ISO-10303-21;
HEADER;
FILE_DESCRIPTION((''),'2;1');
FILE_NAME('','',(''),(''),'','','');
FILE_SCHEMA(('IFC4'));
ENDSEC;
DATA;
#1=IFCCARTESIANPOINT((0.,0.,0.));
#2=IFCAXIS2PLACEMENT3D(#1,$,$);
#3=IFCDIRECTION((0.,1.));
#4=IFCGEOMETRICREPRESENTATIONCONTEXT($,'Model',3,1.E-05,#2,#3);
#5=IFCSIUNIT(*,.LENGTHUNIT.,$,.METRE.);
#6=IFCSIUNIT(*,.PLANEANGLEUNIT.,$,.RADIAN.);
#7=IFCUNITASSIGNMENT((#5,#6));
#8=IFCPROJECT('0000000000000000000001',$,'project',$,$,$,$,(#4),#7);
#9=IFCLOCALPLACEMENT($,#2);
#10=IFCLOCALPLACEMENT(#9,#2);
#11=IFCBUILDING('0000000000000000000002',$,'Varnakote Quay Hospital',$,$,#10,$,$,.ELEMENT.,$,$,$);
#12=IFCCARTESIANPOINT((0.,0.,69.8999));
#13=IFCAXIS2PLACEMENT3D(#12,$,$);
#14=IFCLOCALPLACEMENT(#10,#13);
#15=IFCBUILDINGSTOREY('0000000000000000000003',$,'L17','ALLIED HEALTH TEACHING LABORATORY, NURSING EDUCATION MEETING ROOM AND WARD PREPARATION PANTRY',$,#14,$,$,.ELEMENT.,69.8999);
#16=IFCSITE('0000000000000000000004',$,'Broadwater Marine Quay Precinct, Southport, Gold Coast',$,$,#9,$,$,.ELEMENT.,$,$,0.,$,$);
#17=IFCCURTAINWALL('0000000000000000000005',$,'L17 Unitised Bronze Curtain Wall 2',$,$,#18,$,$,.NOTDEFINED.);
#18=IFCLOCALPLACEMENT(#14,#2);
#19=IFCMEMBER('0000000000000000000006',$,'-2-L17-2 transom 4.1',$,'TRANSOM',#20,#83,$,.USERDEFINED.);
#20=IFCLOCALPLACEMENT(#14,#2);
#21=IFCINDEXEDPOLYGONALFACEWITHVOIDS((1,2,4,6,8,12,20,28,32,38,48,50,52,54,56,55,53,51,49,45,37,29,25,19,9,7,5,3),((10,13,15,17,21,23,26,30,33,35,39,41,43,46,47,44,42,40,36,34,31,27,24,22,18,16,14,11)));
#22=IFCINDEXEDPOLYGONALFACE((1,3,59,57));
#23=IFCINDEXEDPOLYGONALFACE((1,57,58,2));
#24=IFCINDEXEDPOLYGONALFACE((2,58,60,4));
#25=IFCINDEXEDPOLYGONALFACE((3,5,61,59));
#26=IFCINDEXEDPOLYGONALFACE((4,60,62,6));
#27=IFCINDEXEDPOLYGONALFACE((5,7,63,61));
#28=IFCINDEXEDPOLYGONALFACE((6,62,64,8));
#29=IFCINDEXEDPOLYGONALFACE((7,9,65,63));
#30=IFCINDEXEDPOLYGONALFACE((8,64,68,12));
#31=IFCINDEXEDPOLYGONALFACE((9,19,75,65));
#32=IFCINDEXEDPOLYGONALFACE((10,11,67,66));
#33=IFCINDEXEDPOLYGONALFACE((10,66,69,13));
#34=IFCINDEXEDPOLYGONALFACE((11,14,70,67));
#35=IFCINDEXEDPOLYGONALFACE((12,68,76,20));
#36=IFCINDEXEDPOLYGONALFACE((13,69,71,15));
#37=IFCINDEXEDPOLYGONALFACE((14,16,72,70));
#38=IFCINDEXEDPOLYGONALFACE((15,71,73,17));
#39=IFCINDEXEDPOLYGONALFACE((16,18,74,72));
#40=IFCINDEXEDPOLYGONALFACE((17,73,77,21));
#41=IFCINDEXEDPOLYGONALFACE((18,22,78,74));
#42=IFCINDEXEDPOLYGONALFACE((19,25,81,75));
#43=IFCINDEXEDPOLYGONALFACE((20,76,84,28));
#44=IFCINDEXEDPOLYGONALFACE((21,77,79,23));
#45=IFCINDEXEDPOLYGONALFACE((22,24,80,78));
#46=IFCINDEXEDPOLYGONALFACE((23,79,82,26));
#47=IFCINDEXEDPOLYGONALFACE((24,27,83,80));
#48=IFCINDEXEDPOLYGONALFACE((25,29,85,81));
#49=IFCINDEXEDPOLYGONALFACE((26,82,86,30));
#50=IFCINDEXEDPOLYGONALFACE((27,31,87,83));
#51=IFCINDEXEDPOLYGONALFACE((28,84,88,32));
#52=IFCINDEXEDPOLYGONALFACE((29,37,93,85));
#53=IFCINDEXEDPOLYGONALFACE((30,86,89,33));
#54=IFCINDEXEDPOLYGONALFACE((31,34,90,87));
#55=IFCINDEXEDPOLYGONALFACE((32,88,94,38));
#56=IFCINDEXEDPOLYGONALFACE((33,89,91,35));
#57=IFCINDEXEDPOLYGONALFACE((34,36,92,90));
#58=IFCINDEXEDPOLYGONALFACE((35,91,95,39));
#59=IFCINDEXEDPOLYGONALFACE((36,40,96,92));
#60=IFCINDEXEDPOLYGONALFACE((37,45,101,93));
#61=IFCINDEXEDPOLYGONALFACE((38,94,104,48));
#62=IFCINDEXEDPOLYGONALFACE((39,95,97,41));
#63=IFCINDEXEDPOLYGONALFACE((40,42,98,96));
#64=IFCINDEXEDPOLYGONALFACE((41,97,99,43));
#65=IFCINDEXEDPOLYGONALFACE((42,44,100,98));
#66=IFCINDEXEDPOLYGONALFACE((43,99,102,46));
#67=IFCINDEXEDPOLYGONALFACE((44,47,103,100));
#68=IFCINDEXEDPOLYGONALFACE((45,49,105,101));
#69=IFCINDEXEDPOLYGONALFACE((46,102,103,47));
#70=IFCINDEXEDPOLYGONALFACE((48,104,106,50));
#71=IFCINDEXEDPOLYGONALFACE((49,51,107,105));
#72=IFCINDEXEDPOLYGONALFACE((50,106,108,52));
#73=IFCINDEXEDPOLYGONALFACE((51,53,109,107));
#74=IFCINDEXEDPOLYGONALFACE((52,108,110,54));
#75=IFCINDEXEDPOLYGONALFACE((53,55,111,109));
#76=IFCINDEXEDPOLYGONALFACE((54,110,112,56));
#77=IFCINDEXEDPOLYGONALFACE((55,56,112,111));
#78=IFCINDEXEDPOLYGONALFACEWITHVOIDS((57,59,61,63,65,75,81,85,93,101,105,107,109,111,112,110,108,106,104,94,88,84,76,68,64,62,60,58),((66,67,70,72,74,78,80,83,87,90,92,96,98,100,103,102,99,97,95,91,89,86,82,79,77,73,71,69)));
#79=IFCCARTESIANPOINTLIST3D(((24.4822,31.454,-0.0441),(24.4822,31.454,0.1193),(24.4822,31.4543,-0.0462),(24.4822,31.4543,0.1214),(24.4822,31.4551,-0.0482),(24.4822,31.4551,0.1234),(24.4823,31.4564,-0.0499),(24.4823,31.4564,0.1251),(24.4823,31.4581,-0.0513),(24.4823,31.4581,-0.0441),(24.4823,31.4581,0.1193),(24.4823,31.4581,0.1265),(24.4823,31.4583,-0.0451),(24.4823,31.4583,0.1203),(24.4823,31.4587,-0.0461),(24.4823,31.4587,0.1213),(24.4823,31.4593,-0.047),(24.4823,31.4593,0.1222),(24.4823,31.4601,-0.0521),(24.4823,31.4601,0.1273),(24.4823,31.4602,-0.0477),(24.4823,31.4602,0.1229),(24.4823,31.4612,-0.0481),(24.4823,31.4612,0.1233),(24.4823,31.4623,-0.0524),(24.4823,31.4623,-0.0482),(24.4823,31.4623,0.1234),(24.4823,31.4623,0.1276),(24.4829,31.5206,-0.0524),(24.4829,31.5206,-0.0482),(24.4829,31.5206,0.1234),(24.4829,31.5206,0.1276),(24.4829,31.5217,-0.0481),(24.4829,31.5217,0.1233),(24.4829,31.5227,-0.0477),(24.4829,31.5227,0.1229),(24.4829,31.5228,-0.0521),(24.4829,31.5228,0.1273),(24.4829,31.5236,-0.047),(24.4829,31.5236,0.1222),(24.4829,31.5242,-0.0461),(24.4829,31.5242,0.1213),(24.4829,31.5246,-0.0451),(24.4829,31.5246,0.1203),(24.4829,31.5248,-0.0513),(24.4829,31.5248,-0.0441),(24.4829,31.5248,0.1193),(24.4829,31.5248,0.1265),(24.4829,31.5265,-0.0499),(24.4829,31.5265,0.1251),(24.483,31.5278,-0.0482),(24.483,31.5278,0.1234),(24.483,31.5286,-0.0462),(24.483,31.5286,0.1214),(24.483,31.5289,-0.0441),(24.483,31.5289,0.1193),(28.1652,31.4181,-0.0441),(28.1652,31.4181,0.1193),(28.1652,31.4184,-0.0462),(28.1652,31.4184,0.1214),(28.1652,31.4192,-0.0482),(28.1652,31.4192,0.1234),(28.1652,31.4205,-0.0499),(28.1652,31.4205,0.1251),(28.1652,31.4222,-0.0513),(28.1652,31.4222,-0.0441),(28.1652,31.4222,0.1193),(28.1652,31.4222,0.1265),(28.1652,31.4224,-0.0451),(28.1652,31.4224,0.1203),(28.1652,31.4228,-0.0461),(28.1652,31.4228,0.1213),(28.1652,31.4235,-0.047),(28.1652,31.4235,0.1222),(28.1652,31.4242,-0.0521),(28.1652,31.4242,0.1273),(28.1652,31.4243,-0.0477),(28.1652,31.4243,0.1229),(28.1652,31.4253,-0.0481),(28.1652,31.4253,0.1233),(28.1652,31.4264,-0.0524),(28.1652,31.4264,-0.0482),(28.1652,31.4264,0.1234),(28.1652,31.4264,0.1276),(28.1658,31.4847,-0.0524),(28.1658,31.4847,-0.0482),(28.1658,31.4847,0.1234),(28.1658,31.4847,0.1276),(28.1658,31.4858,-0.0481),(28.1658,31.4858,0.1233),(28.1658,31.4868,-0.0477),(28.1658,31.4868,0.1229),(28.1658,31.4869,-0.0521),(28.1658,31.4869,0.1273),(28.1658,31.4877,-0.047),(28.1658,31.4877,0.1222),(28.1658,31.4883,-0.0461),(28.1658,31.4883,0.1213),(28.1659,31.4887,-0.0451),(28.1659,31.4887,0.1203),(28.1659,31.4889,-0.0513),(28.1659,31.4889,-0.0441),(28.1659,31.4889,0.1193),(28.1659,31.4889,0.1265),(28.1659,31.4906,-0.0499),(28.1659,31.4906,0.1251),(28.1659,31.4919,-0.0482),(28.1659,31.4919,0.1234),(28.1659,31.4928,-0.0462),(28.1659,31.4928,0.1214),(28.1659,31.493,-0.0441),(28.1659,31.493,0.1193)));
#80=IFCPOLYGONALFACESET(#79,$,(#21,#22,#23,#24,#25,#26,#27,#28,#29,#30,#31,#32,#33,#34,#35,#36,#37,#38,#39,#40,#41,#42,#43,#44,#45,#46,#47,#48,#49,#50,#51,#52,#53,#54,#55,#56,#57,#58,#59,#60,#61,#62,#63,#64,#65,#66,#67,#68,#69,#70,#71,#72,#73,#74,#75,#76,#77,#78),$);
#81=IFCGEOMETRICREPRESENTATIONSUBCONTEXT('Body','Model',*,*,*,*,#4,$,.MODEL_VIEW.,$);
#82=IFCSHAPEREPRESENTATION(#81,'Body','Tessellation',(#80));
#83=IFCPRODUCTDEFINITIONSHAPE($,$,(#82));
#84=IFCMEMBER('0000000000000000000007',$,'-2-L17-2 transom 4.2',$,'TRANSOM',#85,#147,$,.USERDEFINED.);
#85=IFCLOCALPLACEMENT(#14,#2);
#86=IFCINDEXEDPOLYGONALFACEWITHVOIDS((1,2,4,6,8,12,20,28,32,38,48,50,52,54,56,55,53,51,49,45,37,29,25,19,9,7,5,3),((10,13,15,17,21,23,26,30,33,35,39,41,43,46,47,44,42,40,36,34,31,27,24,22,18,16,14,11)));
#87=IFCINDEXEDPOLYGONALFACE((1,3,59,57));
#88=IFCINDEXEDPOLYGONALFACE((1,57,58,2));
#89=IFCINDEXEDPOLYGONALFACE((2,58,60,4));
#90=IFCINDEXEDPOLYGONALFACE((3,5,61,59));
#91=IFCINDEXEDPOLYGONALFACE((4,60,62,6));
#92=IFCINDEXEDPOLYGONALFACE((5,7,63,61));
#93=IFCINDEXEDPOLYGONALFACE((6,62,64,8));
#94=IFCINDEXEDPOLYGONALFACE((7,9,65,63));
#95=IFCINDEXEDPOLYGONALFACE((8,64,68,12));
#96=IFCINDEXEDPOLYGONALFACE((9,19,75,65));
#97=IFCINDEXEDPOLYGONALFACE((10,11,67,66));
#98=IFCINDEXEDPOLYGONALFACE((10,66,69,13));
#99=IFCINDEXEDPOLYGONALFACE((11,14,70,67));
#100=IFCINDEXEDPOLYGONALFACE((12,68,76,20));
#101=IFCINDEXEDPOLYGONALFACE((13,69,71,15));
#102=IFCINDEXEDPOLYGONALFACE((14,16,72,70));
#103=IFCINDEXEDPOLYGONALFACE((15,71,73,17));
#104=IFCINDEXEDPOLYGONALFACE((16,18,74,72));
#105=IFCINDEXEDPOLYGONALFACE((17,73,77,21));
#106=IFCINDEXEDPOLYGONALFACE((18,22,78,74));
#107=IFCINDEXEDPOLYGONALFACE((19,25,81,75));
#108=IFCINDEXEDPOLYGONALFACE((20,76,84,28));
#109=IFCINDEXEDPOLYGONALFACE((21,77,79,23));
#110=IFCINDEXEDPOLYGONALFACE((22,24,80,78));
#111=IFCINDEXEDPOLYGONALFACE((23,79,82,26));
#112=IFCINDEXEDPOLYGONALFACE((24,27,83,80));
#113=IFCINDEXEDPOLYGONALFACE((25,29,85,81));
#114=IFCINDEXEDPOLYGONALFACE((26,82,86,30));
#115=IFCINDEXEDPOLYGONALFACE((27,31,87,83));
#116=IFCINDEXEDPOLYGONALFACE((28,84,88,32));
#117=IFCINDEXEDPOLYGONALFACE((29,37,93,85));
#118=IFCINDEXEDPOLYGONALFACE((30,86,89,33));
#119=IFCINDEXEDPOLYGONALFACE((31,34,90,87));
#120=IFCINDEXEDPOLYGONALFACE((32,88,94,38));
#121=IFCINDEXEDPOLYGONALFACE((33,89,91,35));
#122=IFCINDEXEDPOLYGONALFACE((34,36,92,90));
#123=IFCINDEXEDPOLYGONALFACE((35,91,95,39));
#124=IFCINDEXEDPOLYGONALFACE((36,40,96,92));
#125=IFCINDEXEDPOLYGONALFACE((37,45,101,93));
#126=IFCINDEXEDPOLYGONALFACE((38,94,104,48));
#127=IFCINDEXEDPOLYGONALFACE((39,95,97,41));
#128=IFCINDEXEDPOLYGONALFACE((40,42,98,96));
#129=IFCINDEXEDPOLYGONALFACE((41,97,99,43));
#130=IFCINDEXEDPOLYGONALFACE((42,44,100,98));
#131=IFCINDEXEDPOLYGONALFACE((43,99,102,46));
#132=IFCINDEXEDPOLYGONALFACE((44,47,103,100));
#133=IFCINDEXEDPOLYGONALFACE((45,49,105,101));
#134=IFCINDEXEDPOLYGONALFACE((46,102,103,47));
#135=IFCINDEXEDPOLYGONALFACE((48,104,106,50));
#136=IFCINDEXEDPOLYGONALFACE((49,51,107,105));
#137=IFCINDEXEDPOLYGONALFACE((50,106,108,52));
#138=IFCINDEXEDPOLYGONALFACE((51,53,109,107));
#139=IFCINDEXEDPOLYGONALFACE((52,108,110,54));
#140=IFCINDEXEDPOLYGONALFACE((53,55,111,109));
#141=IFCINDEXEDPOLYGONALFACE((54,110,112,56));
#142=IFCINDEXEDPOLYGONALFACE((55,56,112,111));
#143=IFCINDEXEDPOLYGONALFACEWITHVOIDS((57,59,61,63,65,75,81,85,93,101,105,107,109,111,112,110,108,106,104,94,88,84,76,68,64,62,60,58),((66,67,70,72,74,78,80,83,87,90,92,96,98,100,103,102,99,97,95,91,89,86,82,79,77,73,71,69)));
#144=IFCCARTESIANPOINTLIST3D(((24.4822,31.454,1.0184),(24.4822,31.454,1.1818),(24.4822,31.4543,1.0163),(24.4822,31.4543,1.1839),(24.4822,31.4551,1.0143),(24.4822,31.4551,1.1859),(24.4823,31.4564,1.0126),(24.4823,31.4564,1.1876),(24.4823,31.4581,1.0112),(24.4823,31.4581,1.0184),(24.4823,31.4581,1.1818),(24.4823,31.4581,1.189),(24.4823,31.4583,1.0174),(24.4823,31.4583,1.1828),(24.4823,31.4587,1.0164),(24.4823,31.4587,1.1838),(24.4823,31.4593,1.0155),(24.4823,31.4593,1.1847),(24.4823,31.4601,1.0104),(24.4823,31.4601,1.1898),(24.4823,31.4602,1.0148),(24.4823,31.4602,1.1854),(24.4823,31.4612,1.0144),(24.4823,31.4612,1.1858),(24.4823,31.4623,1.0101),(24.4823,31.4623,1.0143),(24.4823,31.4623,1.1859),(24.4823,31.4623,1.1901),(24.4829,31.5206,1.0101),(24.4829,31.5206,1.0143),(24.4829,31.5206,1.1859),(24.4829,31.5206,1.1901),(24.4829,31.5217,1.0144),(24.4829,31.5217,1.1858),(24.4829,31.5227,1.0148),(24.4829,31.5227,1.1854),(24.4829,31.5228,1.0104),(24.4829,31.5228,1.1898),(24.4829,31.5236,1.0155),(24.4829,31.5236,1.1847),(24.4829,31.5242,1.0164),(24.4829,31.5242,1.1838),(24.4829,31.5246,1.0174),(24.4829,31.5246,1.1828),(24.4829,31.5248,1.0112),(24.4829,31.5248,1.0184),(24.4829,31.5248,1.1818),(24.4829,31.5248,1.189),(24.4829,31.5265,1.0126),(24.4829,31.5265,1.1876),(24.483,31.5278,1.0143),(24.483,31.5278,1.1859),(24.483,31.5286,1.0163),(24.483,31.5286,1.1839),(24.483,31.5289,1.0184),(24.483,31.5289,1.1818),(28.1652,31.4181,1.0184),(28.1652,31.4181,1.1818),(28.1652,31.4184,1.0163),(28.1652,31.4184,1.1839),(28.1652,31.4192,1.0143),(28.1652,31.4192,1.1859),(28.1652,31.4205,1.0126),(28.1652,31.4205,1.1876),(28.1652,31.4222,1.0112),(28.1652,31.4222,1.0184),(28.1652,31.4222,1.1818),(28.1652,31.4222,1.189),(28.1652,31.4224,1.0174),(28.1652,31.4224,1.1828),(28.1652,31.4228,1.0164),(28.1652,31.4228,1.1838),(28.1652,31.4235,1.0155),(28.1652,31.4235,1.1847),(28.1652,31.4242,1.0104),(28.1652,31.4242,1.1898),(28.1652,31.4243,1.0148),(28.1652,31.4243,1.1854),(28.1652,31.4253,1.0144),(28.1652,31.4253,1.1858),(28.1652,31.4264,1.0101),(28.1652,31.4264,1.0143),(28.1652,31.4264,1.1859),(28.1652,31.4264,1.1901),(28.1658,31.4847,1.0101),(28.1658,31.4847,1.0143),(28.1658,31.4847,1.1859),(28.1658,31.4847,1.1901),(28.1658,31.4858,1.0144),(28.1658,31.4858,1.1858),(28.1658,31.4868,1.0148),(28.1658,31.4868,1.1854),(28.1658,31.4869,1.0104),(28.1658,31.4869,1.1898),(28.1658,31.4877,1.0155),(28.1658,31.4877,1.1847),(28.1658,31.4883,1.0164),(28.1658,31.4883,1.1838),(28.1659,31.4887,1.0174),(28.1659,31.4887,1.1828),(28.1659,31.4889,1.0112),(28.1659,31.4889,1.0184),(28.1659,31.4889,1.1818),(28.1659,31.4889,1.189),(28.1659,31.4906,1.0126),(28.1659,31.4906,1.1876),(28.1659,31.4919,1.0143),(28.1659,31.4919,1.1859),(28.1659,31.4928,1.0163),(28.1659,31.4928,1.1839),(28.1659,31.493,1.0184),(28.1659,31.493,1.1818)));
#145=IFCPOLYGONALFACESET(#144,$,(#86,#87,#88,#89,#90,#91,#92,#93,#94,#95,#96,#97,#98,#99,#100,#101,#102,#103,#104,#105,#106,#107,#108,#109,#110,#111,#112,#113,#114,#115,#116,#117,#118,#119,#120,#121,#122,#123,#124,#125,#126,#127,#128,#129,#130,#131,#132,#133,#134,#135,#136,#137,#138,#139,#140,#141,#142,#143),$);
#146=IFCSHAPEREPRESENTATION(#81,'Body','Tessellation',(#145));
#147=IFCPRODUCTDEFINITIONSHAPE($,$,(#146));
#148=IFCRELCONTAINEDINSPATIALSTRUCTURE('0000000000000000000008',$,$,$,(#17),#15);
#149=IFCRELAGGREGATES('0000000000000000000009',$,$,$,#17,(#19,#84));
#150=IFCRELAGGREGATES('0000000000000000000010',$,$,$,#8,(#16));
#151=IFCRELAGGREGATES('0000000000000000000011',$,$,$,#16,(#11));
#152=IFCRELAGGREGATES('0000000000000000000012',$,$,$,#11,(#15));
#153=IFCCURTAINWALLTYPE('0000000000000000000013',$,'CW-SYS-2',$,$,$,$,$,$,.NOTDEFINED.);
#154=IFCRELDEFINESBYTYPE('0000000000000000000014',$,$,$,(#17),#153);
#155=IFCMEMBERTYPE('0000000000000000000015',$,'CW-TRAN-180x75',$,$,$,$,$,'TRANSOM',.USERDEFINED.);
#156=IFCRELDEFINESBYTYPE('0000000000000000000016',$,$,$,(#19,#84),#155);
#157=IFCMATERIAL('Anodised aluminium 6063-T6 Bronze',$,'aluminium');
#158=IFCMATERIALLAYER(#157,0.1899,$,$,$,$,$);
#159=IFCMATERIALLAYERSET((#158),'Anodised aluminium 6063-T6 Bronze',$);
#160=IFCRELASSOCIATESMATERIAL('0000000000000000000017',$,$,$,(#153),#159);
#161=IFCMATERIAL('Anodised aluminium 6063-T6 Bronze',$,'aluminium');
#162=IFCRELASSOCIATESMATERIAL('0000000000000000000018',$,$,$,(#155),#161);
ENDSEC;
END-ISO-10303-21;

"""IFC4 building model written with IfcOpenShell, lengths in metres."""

from ifc_helpers import new_model, si_unit, direction, frame, origin, origin_2d, place, context, subcontext, project, spatial, hollow_rectangle, extrude, material, layer, layer_set, material_profile, profile_set, type_object, element, aggregate, save


model = new_model("IFC4")

# Units and contexts
model_context = context("Model", 3, precision=1e-05, world=origin(), true_north=direction((0.0, 1.0)))
body_context = subcontext(model_context, "Body", "Model", "MODEL_VIEW")
ifc_project = project(units=[si_unit("LENGTHUNIT", "METRE"), si_unit("PLANEANGLEUNIT", "RADIAN")], contexts=[model_context])

# Site, building, storey
site_placement = place(None, origin())
site = spatial("IfcSite", under=ifc_project, at=site_placement, Name="Broadwater Marine Quay Precinct, Southport, Gold Coast", CompositionType="ELEMENT", RefElevation=0.0)
building_placement = place(site_placement, origin())
building = spatial("IfcBuilding", under=site, at=building_placement, Name="Varnakote Quay Hospital", CompositionType="ELEMENT")
storey_placement = place(building_placement, frame((0.0, 0.0, 69.8999)))
storey = spatial("IfcBuildingStorey", under=building, at=storey_placement, Name="L17", Description="ALLIED HEALTH TEACHING LABORATORY, NURSING EDUCATION MEETING ROOM AND WARD PREPARATION PANTRY", CompositionType="ELEMENT", Elevation=69.8999)

# Curtain wall, members
ifc_material_1 = material(Name="Anodised aluminium 6063-T6 Bronze", Category="aluminium")
ifc_layer_1 = layer(ifc_material_1, 0.1899)
ifc_layer_set_1 = layer_set([ifc_layer_1], Name="Anodised aluminium 6063-T6 Bronze")
curtain_wall_type = type_object("IfcCurtainWallType", Name="CW-SYS-2", PredefinedType="NOTDEFINED", material=ifc_layer_set_1)
curtain_wall_placement = place(storey_placement, origin())
curtain_wall = element("IfcCurtainWall", 1, at=curtain_wall_placement, inside=storey, type_object=curtain_wall_type, Name="L17 Unitised Bronze Curtain Wall 2", PredefinedType="NOTDEFINED")
ifc_material_2 = material(Name="Anodised aluminium 6063-T6 Bronze", Category="aluminium")
ifc_material_profile_1 = material_profile(ifc_material_2, hollow_rectangle(XDim=0.075, YDim=0.1799, WallThickness=0.0042, InnerFilletRadius=0.0042, OuterFilletRadius=0.0083, at=origin_2d()), Name="CW-TRAN-180x75")
ifc_profile_set_1 = profile_set([ifc_material_profile_1], Name="Anodised aluminium 6063-T6 Bronze")
member_type_1 = type_object("IfcMemberType", Name="CW-TRAN-180x75", ElementType="TRANSOM", PredefinedType="USERDEFINED", material=ifc_profile_set_1)
member_1_placement = place(storey_placement, frame((28.1655, 31.4556, 0.0376), z_axis=(-0.999953, 0.009744, 0.0), x_axis=(-0.009744, -0.999953, 0.0)))
member_1 = element("IfcMember", 2, at=member_1_placement, type_object=member_type_1, Name="-2-L17-2 transom 4.1", ObjectType="TRANSOM", PredefinedType="USERDEFINED", context=body_context, shape_type="SweptSolid", body=[
    extrude(hollow_rectangle(XDim=0.075, YDim=0.1799, WallThickness=0.0042, InnerFilletRadius=0.0042, OuterFilletRadius=0.0083, at=origin_2d()), origin(), (0.0, 0.0, 1.0), 3.6831),
])
member_2_placement = place(storey_placement, frame((28.1655, 31.4556, 1.1001), z_axis=(-0.999953, 0.009744, 0.0), x_axis=(-0.009744, -0.999953, 0.0)))
member_2 = element("IfcMember", 3, at=member_2_placement, type_object=member_type_1, Name="-2-L17-2 transom 4.2", ObjectType="TRANSOM", PredefinedType="USERDEFINED", context=body_context, shape_type="SweptSolid", body=[
    extrude(hollow_rectangle(XDim=0.075, YDim=0.1799, WallThickness=0.0042, InnerFilletRadius=0.0042, OuterFilletRadius=0.0083, at=origin_2d()), origin(), (0.0, 0.0, 1.0), 3.6831),
])

aggregate(curtain_wall, [member_1, member_2])

save(model, "model.ifc")
